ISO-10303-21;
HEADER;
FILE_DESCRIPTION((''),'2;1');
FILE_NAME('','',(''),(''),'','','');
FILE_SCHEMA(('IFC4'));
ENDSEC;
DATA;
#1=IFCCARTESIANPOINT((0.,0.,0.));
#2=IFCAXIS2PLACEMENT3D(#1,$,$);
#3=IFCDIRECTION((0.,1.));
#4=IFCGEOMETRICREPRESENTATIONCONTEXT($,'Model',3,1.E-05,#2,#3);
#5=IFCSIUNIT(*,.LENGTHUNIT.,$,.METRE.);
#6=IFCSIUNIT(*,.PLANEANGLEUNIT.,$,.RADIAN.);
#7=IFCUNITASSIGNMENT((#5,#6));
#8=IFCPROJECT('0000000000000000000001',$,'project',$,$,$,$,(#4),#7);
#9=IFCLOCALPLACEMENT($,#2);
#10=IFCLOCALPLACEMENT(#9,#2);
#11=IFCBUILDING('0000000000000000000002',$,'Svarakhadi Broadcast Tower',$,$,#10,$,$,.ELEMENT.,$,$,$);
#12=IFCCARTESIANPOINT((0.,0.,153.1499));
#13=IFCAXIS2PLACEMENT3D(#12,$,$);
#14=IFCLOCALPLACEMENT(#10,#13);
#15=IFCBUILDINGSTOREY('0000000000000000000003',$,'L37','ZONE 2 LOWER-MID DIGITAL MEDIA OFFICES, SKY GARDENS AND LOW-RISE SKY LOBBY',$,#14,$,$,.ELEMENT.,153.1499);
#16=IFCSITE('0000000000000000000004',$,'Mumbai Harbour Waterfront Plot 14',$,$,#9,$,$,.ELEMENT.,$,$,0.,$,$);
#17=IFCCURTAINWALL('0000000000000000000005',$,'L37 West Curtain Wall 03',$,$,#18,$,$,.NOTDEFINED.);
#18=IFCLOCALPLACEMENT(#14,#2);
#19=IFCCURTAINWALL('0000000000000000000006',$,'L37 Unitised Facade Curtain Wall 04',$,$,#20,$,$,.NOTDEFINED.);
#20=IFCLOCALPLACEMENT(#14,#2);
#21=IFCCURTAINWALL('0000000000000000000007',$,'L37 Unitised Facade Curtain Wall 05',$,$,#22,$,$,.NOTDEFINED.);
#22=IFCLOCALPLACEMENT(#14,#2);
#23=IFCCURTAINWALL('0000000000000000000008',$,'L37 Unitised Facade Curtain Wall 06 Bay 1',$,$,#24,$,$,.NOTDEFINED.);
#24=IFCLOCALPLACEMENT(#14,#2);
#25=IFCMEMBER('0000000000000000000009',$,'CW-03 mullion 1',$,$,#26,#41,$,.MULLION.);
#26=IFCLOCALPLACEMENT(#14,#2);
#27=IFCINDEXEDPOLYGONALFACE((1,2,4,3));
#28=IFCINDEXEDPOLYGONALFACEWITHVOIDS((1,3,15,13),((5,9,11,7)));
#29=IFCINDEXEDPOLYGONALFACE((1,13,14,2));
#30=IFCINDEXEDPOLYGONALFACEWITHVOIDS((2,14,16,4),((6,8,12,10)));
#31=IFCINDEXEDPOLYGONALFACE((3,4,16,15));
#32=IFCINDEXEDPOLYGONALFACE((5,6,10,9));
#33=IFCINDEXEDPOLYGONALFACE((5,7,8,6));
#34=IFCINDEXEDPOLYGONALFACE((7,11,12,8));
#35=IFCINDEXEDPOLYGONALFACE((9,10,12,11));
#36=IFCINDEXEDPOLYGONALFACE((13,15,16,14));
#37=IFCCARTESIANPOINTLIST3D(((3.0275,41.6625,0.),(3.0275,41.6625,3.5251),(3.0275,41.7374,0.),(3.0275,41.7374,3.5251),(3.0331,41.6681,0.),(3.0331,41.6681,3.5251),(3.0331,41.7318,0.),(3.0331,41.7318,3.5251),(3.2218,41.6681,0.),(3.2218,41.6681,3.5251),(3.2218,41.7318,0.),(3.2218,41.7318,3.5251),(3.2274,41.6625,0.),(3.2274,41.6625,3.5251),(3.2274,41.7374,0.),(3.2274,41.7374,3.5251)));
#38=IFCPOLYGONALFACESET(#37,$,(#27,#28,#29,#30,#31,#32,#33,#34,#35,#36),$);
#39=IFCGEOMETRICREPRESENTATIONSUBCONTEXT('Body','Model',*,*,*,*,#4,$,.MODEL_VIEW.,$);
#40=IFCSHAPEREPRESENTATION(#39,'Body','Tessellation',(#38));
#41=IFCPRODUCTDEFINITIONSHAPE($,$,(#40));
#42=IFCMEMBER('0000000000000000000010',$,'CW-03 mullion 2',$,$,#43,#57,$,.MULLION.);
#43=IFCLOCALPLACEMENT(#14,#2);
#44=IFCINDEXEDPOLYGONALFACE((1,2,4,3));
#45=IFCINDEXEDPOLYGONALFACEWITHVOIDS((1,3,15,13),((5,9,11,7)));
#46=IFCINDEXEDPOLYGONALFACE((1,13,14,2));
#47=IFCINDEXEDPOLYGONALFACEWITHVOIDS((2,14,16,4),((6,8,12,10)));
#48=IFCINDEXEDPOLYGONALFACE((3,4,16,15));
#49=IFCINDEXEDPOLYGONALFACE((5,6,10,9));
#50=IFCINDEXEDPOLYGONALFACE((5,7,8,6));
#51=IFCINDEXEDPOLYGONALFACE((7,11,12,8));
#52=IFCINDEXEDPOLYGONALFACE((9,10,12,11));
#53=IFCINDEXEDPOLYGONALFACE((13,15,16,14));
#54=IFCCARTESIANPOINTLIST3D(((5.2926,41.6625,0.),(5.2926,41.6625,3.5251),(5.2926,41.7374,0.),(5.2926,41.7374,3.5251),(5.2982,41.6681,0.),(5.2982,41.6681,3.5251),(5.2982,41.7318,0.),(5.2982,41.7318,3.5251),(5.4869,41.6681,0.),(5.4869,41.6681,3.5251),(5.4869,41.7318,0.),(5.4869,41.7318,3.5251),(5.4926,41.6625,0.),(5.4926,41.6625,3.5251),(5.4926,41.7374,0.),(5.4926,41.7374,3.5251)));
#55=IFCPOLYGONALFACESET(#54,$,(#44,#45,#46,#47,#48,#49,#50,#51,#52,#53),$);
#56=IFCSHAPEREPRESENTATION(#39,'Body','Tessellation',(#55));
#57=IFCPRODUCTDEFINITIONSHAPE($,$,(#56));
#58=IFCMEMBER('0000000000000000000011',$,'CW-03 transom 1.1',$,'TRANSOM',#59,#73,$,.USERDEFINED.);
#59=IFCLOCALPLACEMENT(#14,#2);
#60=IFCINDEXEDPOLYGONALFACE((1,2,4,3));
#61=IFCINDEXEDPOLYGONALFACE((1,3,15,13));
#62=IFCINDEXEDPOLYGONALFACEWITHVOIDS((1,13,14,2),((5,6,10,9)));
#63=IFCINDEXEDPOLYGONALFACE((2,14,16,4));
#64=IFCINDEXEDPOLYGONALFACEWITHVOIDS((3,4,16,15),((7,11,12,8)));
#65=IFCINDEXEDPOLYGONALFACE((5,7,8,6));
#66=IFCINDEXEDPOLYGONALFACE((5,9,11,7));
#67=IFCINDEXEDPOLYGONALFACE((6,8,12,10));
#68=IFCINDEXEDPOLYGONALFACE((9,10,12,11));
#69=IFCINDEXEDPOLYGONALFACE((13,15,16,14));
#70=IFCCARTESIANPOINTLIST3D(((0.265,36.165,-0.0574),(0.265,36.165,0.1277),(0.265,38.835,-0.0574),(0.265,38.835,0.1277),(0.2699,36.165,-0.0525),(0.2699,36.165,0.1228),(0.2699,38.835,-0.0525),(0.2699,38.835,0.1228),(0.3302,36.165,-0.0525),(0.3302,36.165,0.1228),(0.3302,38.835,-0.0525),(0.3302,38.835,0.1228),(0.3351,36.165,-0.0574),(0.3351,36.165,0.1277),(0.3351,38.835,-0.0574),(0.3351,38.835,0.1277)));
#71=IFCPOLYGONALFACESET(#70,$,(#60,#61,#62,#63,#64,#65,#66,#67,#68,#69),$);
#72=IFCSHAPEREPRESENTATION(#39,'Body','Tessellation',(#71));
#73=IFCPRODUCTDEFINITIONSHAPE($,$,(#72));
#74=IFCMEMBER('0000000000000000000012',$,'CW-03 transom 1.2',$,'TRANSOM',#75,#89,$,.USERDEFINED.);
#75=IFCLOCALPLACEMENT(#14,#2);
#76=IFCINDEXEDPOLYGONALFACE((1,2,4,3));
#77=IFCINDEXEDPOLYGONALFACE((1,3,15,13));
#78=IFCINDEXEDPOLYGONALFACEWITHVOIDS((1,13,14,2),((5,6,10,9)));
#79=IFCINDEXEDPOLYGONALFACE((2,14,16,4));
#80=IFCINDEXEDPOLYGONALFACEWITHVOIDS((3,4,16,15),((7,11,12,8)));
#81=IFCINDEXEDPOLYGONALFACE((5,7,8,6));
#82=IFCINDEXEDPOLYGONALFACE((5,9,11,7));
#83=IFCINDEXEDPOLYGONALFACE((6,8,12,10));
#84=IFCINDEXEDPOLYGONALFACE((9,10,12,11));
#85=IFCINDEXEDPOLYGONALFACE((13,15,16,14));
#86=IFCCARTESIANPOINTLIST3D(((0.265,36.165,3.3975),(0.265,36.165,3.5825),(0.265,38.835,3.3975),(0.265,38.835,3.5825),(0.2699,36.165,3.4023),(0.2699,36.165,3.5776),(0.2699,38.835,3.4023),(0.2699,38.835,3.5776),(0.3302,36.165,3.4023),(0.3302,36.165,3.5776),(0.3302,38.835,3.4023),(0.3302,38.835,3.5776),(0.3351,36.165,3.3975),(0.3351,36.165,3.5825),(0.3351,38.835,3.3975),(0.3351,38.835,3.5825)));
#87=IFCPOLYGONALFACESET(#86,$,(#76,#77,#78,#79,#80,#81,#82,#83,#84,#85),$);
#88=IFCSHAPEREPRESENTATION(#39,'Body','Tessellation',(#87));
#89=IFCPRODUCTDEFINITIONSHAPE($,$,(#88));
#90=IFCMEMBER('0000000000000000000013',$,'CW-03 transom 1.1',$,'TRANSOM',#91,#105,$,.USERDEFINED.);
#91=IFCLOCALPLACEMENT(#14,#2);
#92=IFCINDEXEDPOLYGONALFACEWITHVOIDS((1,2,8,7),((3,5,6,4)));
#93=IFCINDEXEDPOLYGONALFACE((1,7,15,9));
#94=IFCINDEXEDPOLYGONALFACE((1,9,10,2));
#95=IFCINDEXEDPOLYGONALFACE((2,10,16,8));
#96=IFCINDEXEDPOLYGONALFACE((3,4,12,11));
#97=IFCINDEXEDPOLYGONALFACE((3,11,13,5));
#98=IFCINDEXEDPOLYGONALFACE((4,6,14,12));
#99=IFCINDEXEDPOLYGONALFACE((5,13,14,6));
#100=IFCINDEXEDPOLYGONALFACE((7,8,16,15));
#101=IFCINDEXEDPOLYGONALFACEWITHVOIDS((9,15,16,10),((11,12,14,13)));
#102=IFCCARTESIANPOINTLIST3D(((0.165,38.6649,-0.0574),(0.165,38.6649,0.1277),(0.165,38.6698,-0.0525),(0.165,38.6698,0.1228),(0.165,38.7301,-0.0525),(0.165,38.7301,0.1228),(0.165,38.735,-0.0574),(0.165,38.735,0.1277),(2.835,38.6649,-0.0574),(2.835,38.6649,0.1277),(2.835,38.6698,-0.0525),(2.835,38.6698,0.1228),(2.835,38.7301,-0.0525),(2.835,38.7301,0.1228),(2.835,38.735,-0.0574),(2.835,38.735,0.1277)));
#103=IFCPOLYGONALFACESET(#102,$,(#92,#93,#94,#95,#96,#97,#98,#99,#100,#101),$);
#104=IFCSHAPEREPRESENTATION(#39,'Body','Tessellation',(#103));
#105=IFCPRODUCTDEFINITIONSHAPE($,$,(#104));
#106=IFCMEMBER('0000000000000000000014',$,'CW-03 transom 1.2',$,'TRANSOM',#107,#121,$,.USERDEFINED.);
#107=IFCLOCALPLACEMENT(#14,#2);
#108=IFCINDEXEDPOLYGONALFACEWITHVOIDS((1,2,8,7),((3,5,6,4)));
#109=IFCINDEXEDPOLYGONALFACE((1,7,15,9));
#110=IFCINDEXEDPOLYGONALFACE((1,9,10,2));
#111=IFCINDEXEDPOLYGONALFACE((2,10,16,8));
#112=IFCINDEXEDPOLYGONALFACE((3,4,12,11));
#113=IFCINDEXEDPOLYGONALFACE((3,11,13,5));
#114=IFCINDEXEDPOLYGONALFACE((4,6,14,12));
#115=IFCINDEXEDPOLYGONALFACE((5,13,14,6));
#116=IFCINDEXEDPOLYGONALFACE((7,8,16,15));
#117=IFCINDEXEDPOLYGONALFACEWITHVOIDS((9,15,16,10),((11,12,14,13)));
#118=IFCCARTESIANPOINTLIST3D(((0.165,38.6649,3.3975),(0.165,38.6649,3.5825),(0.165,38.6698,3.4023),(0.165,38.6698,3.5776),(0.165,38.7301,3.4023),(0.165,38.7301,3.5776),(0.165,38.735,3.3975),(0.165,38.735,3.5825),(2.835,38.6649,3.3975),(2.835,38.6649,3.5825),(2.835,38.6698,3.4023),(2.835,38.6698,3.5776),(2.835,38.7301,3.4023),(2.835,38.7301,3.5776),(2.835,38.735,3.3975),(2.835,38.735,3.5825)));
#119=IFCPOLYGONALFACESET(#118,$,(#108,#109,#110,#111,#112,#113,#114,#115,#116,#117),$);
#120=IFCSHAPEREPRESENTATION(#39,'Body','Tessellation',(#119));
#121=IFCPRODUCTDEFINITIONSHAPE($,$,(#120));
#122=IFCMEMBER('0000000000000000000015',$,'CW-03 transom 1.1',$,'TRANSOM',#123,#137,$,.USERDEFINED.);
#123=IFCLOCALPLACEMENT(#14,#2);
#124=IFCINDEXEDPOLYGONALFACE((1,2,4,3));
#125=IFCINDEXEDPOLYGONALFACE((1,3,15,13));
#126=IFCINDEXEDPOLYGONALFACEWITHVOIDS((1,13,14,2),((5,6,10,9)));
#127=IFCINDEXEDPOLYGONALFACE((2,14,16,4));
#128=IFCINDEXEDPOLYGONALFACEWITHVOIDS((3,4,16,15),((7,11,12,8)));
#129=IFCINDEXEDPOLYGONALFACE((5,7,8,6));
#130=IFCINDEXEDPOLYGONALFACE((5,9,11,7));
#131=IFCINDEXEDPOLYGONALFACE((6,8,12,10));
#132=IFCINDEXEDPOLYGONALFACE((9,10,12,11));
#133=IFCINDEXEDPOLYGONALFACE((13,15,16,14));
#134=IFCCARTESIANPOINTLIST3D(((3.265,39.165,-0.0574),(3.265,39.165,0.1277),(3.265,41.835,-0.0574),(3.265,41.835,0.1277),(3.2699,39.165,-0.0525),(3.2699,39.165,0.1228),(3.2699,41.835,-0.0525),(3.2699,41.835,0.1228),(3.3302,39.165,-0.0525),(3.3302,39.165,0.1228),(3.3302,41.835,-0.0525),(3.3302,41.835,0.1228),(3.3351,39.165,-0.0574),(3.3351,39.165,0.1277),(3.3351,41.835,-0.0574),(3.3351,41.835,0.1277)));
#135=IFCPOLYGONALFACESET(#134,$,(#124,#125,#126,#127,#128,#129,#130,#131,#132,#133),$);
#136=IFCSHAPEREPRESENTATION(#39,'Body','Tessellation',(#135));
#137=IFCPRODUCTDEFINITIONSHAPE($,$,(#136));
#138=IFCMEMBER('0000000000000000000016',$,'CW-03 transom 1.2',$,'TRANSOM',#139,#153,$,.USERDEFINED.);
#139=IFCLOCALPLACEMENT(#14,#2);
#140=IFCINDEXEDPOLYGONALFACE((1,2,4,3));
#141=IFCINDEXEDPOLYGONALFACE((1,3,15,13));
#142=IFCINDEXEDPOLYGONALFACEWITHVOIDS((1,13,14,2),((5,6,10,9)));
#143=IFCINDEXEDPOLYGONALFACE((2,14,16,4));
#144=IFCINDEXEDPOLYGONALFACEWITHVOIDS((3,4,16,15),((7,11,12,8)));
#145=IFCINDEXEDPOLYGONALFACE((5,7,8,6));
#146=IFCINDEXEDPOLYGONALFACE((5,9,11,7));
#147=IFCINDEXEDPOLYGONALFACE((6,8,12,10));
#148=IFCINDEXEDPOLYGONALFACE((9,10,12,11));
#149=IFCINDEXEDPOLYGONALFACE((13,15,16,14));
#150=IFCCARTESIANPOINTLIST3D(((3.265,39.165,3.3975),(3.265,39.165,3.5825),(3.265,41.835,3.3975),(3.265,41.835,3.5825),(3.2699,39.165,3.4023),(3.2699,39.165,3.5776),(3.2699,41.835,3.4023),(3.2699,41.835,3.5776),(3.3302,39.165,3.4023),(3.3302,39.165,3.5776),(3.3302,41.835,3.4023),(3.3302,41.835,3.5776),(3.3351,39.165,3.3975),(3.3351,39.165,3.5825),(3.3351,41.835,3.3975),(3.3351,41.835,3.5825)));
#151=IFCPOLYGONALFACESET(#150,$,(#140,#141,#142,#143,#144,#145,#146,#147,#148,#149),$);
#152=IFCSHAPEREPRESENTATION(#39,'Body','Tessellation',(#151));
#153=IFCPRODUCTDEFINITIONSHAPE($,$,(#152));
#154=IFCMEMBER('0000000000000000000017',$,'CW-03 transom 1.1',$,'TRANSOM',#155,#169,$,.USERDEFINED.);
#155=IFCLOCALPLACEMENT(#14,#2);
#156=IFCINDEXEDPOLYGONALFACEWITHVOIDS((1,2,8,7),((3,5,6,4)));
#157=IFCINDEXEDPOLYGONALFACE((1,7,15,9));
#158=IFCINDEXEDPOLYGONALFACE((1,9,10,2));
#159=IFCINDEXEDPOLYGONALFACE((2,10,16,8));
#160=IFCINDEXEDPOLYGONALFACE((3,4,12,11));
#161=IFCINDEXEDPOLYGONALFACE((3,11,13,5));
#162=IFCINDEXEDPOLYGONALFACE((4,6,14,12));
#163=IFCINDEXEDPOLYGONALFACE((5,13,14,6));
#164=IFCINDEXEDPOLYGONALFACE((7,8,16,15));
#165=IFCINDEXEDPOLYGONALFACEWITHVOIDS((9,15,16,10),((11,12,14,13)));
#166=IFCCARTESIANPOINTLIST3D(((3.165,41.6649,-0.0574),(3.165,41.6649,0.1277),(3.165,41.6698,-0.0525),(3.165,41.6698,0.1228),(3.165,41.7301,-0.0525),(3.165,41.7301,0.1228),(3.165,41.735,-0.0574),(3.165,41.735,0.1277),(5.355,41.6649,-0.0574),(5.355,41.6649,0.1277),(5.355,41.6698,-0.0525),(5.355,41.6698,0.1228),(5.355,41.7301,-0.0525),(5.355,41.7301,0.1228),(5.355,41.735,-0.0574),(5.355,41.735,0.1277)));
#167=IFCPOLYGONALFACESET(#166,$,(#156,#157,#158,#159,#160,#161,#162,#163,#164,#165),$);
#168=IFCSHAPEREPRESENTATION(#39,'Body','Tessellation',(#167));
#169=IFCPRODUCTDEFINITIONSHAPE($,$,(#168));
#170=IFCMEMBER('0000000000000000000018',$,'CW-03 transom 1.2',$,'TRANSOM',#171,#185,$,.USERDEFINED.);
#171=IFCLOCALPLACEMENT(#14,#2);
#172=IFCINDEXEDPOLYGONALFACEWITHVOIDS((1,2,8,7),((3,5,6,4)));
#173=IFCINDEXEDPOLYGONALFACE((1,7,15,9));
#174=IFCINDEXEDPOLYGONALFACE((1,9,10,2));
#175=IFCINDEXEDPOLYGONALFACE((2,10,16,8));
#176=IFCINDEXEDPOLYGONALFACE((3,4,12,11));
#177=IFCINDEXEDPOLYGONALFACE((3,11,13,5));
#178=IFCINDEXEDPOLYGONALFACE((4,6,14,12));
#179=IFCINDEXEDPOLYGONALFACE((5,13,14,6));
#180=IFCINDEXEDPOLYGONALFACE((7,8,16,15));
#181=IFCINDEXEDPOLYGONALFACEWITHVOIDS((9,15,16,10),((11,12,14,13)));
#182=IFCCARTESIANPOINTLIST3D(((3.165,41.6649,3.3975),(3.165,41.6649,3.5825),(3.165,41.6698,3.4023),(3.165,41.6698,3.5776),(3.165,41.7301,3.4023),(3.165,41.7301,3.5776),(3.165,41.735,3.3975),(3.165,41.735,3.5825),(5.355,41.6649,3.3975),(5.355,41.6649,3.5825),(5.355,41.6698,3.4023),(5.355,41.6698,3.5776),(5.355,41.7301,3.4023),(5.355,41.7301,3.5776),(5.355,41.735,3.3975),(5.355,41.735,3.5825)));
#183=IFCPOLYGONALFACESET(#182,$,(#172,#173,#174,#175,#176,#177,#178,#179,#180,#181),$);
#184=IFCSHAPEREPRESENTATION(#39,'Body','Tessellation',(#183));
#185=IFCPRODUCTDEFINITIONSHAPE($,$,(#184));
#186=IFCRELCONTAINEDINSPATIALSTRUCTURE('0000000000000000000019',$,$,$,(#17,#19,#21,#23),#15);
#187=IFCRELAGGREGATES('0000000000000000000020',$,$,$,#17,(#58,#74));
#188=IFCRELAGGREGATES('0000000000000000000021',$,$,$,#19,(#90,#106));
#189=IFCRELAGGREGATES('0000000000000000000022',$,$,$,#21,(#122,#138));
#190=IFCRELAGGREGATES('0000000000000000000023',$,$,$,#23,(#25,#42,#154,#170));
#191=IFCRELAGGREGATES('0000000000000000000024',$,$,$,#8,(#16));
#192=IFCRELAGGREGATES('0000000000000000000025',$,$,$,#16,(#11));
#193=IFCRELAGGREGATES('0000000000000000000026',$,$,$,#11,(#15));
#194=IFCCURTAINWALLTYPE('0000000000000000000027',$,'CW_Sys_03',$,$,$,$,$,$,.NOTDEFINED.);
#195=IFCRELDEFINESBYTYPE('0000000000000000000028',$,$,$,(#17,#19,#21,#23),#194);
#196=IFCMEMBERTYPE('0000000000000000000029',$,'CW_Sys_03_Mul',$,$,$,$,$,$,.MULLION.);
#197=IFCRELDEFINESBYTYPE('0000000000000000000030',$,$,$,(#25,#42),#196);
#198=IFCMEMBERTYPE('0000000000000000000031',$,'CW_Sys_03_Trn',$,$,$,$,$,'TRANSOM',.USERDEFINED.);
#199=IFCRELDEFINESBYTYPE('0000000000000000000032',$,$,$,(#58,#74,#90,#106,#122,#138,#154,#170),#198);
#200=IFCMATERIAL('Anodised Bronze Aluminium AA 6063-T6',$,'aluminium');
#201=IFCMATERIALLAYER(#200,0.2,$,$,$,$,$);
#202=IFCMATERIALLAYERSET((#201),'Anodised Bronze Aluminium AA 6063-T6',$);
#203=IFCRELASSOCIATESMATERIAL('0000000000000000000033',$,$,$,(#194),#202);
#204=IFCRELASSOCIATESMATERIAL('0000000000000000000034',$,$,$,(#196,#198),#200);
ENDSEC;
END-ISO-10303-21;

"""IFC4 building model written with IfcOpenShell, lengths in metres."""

from ifc_helpers import new_model, si_unit, direction, frame, origin, origin_2d, place, context, subcontext, project, spatial, hollow_rectangle, extrude, material, layer, layer_set, material_profile, profile_set, type_object, element, aggregate, save


model = new_model("IFC4")

# Units and contexts
model_context = context("Model", 3, precision=1e-05, world=origin(), true_north=direction((0.0, 1.0)))
body_context = subcontext(model_context, "Body", "Model", "MODEL_VIEW")
ifc_project = project(units=[si_unit("LENGTHUNIT", "METRE"), si_unit("PLANEANGLEUNIT", "RADIAN")], contexts=[model_context])

# Site, building, storey
site_placement = place(None, origin())
site = spatial("IfcSite", under=ifc_project, at=site_placement, Name="Mumbai Harbour Waterfront Plot 14", CompositionType="ELEMENT", RefElevation=0.0)
building_placement = place(site_placement, origin())
building = spatial("IfcBuilding", under=site, at=building_placement, Name="Svarakhadi Broadcast Tower", CompositionType="ELEMENT")
storey_placement = place(building_placement, frame((0.0, 0.0, 153.1499)))
storey = spatial("IfcBuildingStorey", under=building, at=storey_placement, Name="L37", Description="ZONE 2 LOWER-MID DIGITAL MEDIA OFFICES, SKY GARDENS AND LOW-RISE SKY LOBBY", CompositionType="ELEMENT", Elevation=153.1499)

# Curtain walls, members
ifc_material_1 = material(Name="Anodised Bronze Aluminium AA 6063-T6", Category="aluminium")
ifc_layer_1 = layer(ifc_material_1, 0.2)
ifc_layer_set_1 = layer_set([ifc_layer_1], Name="Anodised Bronze Aluminium AA 6063-T6")
curtain_wall_type = type_object("IfcCurtainWallType", Name="CW_Sys_03", PredefinedType="NOTDEFINED", material=ifc_layer_set_1)
curtain_wall_1_placement = place(storey_placement, origin())
curtain_wall_1 = element("IfcCurtainWall", 1, at=curtain_wall_1_placement, inside=storey, type_object=curtain_wall_type, Name="L37 West Curtain Wall 03", PredefinedType="NOTDEFINED")
ifc_material_profile_1 = material_profile(ifc_material_1, hollow_rectangle(XDim=0.075, YDim=0.2, WallThickness=0.0056, at=origin_2d()), Name="ALU MULLION 200x75x6")
ifc_profile_set_1 = profile_set([ifc_material_profile_1], Name="Anodised Bronze Aluminium AA 6063-T6")
member_type_1 = type_object("IfcMemberType", Name="CW_Sys_03_Mul", PredefinedType="MULLION", material=ifc_profile_set_1)
curtain_wall_2_placement = place(storey_placement, origin())
curtain_wall_2 = element("IfcCurtainWall", 2, at=curtain_wall_2_placement, inside=storey, type_object=curtain_wall_type, Name="L37 Unitised Facade Curtain Wall 04", PredefinedType="NOTDEFINED")
curtain_wall_3_placement = place(storey_placement, origin())
curtain_wall_3 = element("IfcCurtainWall", 3, at=curtain_wall_3_placement, inside=storey, type_object=curtain_wall_type, Name="L37 Unitised Facade Curtain Wall 05", PredefinedType="NOTDEFINED")
curtain_wall_4_placement = place(storey_placement, origin())
curtain_wall_4 = element("IfcCurtainWall", 4, at=curtain_wall_4_placement, inside=storey, type_object=curtain_wall_type, Name="L37 Unitised Facade Curtain Wall 06 Bay 1", PredefinedType="NOTDEFINED")
member_1_placement = place(storey_placement, frame((3.1274, 41.7, 0.0), z_axis=(0.0, 0.0, 1.0), x_axis=(0.0, 1.0, 0.0)))
member_1 = element("IfcMember", 5, at=member_1_placement, type_object=member_type_1, Name="CW-03 mullion 1", PredefinedType="MULLION", context=body_context, shape_type="SweptSolid", body=[
    extrude(hollow_rectangle(XDim=0.075, YDim=0.2, WallThickness=0.0056, at=origin_2d()), origin(), (0.0, 0.0, 1.0), 3.5251),
])
member_2_placement = place(storey_placement, frame((5.3926, 41.7, 0.0), z_axis=(0.0, 0.0, 1.0), x_axis=(0.0, 1.0, 0.0)))
member_2 = element("IfcMember", 6, at=member_2_placement, type_object=member_type_1, Name="CW-03 mullion 2", PredefinedType="MULLION", context=body_context, shape_type="SweptSolid", body=[
    extrude(hollow_rectangle(XDim=0.075, YDim=0.2, WallThickness=0.0056, at=origin_2d()), origin(), (0.0, 0.0, 1.0), 3.5251),
])

# Members
ifc_material_profile_2 = material_profile(ifc_material_1, hollow_rectangle(XDim=0.0701, YDim=0.1851, WallThickness=0.0049, at=origin_2d()), Name="ALU TRANSOM 185x70x5")
ifc_profile_set_2 = profile_set([ifc_material_profile_2], Name="Anodised Bronze Aluminium AA 6063-T6")
member_type_2 = type_object("IfcMemberType", Name="CW_Sys_03_Trn", ElementType="TRANSOM", PredefinedType="USERDEFINED", material=ifc_profile_set_2)
member_3_placement = place(storey_placement, frame((0.3, 36.165, 0.0352), z_axis=(0.0, 1.0, 0.0), x_axis=(-1.0, 0.0, 0.0)))
member_3 = element("IfcMember", 7, at=member_3_placement, type_object=member_type_2, Name="CW-03 transom 1.1", ObjectType="TRANSOM", PredefinedType="USERDEFINED", context=body_context, shape_type="SweptSolid", body=[
    extrude(hollow_rectangle(XDim=0.0701, YDim=0.1851, WallThickness=0.0049, at=origin_2d()), origin(), (0.0, 0.0, 1.0), 2.6699),
])
member_4_placement = place(storey_placement, frame((0.3, 36.165, 3.49), z_axis=(0.0, 1.0, 0.0), x_axis=(-1.0, 0.0, 0.0)))
member_4 = element("IfcMember", 8, at=member_4_placement, type_object=member_type_2, Name="CW-03 transom 1.2", ObjectType="TRANSOM", PredefinedType="USERDEFINED", context=body_context, shape_type="SweptSolid", body=[
    extrude(hollow_rectangle(XDim=0.0701, YDim=0.1851, WallThickness=0.0049, at=origin_2d()), origin(), (0.0, 0.0, 1.0), 2.6699),
])
member_5_placement = place(storey_placement, frame((0.165, 38.7, 0.0352), z_axis=(1.0, 0.0, 0.0), x_axis=(0.0, 1.0, 0.0)))
member_5 = element("IfcMember", 9, at=member_5_placement, type_object=member_type_2, Name="CW-03 transom 1.1", ObjectType="TRANSOM", PredefinedType="USERDEFINED", context=body_context, shape_type="SweptSolid", body=[
    extrude(hollow_rectangle(XDim=0.0701, YDim=0.1851, WallThickness=0.0049, at=origin_2d()), origin(), (0.0, 0.0, 1.0), 2.6699),
])
member_6_placement = place(storey_placement, frame((0.165, 38.7, 3.49), z_axis=(1.0, 0.0, 0.0), x_axis=(0.0, 1.0, 0.0)))
member_6 = element("IfcMember", 10, at=member_6_placement, type_object=member_type_2, Name="CW-03 transom 1.2", ObjectType="TRANSOM", PredefinedType="USERDEFINED", context=body_context, shape_type="SweptSolid", body=[
    extrude(hollow_rectangle(XDim=0.0701, YDim=0.1851, WallThickness=0.0049, at=origin_2d()), origin(), (0.0, 0.0, 1.0), 2.6699),
])
member_7_placement = place(storey_placement, frame((3.3, 39.165, 0.0352), z_axis=(0.0, 1.0, 0.0), x_axis=(-1.0, 0.0, 0.0)))
member_7 = element("IfcMember", 11, at=member_7_placement, type_object=member_type_2, Name="CW-03 transom 1.1", ObjectType="TRANSOM", PredefinedType="USERDEFINED", context=body_context, shape_type="SweptSolid", body=[
    extrude(hollow_rectangle(XDim=0.0701, YDim=0.1851, WallThickness=0.0049, at=origin_2d()), origin(), (0.0, 0.0, 1.0), 2.6699),
])
member_8_placement = place(storey_placement, frame((3.3, 39.165, 3.49), z_axis=(0.0, 1.0, 0.0), x_axis=(-1.0, 0.0, 0.0)))
member_8 = element("IfcMember", 12, at=member_8_placement, type_object=member_type_2, Name="CW-03 transom 1.2", ObjectType="TRANSOM", PredefinedType="USERDEFINED", context=body_context, shape_type="SweptSolid", body=[
    extrude(hollow_rectangle(XDim=0.0701, YDim=0.1851, WallThickness=0.0049, at=origin_2d()), origin(), (0.0, 0.0, 1.0), 2.6699),
])
member_9_placement = place(storey_placement, frame((3.165, 41.7, 0.0352), z_axis=(1.0, 0.0, 0.0), x_axis=(0.0, 1.0, 0.0)))
member_9 = element("IfcMember", 13, at=member_9_placement, type_object=member_type_2, Name="CW-03 transom 1.1", ObjectType="TRANSOM", PredefinedType="USERDEFINED", context=body_context, shape_type="SweptSolid", body=[
    extrude(hollow_rectangle(XDim=0.0701, YDim=0.1851, WallThickness=0.0049, at=origin_2d()), origin(), (0.0, 0.0, 1.0), 2.1899),
])
member_10_placement = place(storey_placement, frame((3.165, 41.7, 3.49), z_axis=(1.0, 0.0, 0.0), x_axis=(0.0, 1.0, 0.0)))
member_10 = element("IfcMember", 14, at=member_10_placement, type_object=member_type_2, Name="CW-03 transom 1.2", ObjectType="TRANSOM", PredefinedType="USERDEFINED", context=body_context, shape_type="SweptSolid", body=[
    extrude(hollow_rectangle(XDim=0.0701, YDim=0.1851, WallThickness=0.0049, at=origin_2d()), origin(), (0.0, 0.0, 1.0), 2.1899),
])

aggregate(curtain_wall_1, [member_3, member_4])
aggregate(curtain_wall_2, [member_5, member_6])
aggregate(curtain_wall_3, [member_7, member_8])
aggregate(curtain_wall_4, [member_1, member_2, member_9, member_10])

save(model, "model.ifc")
